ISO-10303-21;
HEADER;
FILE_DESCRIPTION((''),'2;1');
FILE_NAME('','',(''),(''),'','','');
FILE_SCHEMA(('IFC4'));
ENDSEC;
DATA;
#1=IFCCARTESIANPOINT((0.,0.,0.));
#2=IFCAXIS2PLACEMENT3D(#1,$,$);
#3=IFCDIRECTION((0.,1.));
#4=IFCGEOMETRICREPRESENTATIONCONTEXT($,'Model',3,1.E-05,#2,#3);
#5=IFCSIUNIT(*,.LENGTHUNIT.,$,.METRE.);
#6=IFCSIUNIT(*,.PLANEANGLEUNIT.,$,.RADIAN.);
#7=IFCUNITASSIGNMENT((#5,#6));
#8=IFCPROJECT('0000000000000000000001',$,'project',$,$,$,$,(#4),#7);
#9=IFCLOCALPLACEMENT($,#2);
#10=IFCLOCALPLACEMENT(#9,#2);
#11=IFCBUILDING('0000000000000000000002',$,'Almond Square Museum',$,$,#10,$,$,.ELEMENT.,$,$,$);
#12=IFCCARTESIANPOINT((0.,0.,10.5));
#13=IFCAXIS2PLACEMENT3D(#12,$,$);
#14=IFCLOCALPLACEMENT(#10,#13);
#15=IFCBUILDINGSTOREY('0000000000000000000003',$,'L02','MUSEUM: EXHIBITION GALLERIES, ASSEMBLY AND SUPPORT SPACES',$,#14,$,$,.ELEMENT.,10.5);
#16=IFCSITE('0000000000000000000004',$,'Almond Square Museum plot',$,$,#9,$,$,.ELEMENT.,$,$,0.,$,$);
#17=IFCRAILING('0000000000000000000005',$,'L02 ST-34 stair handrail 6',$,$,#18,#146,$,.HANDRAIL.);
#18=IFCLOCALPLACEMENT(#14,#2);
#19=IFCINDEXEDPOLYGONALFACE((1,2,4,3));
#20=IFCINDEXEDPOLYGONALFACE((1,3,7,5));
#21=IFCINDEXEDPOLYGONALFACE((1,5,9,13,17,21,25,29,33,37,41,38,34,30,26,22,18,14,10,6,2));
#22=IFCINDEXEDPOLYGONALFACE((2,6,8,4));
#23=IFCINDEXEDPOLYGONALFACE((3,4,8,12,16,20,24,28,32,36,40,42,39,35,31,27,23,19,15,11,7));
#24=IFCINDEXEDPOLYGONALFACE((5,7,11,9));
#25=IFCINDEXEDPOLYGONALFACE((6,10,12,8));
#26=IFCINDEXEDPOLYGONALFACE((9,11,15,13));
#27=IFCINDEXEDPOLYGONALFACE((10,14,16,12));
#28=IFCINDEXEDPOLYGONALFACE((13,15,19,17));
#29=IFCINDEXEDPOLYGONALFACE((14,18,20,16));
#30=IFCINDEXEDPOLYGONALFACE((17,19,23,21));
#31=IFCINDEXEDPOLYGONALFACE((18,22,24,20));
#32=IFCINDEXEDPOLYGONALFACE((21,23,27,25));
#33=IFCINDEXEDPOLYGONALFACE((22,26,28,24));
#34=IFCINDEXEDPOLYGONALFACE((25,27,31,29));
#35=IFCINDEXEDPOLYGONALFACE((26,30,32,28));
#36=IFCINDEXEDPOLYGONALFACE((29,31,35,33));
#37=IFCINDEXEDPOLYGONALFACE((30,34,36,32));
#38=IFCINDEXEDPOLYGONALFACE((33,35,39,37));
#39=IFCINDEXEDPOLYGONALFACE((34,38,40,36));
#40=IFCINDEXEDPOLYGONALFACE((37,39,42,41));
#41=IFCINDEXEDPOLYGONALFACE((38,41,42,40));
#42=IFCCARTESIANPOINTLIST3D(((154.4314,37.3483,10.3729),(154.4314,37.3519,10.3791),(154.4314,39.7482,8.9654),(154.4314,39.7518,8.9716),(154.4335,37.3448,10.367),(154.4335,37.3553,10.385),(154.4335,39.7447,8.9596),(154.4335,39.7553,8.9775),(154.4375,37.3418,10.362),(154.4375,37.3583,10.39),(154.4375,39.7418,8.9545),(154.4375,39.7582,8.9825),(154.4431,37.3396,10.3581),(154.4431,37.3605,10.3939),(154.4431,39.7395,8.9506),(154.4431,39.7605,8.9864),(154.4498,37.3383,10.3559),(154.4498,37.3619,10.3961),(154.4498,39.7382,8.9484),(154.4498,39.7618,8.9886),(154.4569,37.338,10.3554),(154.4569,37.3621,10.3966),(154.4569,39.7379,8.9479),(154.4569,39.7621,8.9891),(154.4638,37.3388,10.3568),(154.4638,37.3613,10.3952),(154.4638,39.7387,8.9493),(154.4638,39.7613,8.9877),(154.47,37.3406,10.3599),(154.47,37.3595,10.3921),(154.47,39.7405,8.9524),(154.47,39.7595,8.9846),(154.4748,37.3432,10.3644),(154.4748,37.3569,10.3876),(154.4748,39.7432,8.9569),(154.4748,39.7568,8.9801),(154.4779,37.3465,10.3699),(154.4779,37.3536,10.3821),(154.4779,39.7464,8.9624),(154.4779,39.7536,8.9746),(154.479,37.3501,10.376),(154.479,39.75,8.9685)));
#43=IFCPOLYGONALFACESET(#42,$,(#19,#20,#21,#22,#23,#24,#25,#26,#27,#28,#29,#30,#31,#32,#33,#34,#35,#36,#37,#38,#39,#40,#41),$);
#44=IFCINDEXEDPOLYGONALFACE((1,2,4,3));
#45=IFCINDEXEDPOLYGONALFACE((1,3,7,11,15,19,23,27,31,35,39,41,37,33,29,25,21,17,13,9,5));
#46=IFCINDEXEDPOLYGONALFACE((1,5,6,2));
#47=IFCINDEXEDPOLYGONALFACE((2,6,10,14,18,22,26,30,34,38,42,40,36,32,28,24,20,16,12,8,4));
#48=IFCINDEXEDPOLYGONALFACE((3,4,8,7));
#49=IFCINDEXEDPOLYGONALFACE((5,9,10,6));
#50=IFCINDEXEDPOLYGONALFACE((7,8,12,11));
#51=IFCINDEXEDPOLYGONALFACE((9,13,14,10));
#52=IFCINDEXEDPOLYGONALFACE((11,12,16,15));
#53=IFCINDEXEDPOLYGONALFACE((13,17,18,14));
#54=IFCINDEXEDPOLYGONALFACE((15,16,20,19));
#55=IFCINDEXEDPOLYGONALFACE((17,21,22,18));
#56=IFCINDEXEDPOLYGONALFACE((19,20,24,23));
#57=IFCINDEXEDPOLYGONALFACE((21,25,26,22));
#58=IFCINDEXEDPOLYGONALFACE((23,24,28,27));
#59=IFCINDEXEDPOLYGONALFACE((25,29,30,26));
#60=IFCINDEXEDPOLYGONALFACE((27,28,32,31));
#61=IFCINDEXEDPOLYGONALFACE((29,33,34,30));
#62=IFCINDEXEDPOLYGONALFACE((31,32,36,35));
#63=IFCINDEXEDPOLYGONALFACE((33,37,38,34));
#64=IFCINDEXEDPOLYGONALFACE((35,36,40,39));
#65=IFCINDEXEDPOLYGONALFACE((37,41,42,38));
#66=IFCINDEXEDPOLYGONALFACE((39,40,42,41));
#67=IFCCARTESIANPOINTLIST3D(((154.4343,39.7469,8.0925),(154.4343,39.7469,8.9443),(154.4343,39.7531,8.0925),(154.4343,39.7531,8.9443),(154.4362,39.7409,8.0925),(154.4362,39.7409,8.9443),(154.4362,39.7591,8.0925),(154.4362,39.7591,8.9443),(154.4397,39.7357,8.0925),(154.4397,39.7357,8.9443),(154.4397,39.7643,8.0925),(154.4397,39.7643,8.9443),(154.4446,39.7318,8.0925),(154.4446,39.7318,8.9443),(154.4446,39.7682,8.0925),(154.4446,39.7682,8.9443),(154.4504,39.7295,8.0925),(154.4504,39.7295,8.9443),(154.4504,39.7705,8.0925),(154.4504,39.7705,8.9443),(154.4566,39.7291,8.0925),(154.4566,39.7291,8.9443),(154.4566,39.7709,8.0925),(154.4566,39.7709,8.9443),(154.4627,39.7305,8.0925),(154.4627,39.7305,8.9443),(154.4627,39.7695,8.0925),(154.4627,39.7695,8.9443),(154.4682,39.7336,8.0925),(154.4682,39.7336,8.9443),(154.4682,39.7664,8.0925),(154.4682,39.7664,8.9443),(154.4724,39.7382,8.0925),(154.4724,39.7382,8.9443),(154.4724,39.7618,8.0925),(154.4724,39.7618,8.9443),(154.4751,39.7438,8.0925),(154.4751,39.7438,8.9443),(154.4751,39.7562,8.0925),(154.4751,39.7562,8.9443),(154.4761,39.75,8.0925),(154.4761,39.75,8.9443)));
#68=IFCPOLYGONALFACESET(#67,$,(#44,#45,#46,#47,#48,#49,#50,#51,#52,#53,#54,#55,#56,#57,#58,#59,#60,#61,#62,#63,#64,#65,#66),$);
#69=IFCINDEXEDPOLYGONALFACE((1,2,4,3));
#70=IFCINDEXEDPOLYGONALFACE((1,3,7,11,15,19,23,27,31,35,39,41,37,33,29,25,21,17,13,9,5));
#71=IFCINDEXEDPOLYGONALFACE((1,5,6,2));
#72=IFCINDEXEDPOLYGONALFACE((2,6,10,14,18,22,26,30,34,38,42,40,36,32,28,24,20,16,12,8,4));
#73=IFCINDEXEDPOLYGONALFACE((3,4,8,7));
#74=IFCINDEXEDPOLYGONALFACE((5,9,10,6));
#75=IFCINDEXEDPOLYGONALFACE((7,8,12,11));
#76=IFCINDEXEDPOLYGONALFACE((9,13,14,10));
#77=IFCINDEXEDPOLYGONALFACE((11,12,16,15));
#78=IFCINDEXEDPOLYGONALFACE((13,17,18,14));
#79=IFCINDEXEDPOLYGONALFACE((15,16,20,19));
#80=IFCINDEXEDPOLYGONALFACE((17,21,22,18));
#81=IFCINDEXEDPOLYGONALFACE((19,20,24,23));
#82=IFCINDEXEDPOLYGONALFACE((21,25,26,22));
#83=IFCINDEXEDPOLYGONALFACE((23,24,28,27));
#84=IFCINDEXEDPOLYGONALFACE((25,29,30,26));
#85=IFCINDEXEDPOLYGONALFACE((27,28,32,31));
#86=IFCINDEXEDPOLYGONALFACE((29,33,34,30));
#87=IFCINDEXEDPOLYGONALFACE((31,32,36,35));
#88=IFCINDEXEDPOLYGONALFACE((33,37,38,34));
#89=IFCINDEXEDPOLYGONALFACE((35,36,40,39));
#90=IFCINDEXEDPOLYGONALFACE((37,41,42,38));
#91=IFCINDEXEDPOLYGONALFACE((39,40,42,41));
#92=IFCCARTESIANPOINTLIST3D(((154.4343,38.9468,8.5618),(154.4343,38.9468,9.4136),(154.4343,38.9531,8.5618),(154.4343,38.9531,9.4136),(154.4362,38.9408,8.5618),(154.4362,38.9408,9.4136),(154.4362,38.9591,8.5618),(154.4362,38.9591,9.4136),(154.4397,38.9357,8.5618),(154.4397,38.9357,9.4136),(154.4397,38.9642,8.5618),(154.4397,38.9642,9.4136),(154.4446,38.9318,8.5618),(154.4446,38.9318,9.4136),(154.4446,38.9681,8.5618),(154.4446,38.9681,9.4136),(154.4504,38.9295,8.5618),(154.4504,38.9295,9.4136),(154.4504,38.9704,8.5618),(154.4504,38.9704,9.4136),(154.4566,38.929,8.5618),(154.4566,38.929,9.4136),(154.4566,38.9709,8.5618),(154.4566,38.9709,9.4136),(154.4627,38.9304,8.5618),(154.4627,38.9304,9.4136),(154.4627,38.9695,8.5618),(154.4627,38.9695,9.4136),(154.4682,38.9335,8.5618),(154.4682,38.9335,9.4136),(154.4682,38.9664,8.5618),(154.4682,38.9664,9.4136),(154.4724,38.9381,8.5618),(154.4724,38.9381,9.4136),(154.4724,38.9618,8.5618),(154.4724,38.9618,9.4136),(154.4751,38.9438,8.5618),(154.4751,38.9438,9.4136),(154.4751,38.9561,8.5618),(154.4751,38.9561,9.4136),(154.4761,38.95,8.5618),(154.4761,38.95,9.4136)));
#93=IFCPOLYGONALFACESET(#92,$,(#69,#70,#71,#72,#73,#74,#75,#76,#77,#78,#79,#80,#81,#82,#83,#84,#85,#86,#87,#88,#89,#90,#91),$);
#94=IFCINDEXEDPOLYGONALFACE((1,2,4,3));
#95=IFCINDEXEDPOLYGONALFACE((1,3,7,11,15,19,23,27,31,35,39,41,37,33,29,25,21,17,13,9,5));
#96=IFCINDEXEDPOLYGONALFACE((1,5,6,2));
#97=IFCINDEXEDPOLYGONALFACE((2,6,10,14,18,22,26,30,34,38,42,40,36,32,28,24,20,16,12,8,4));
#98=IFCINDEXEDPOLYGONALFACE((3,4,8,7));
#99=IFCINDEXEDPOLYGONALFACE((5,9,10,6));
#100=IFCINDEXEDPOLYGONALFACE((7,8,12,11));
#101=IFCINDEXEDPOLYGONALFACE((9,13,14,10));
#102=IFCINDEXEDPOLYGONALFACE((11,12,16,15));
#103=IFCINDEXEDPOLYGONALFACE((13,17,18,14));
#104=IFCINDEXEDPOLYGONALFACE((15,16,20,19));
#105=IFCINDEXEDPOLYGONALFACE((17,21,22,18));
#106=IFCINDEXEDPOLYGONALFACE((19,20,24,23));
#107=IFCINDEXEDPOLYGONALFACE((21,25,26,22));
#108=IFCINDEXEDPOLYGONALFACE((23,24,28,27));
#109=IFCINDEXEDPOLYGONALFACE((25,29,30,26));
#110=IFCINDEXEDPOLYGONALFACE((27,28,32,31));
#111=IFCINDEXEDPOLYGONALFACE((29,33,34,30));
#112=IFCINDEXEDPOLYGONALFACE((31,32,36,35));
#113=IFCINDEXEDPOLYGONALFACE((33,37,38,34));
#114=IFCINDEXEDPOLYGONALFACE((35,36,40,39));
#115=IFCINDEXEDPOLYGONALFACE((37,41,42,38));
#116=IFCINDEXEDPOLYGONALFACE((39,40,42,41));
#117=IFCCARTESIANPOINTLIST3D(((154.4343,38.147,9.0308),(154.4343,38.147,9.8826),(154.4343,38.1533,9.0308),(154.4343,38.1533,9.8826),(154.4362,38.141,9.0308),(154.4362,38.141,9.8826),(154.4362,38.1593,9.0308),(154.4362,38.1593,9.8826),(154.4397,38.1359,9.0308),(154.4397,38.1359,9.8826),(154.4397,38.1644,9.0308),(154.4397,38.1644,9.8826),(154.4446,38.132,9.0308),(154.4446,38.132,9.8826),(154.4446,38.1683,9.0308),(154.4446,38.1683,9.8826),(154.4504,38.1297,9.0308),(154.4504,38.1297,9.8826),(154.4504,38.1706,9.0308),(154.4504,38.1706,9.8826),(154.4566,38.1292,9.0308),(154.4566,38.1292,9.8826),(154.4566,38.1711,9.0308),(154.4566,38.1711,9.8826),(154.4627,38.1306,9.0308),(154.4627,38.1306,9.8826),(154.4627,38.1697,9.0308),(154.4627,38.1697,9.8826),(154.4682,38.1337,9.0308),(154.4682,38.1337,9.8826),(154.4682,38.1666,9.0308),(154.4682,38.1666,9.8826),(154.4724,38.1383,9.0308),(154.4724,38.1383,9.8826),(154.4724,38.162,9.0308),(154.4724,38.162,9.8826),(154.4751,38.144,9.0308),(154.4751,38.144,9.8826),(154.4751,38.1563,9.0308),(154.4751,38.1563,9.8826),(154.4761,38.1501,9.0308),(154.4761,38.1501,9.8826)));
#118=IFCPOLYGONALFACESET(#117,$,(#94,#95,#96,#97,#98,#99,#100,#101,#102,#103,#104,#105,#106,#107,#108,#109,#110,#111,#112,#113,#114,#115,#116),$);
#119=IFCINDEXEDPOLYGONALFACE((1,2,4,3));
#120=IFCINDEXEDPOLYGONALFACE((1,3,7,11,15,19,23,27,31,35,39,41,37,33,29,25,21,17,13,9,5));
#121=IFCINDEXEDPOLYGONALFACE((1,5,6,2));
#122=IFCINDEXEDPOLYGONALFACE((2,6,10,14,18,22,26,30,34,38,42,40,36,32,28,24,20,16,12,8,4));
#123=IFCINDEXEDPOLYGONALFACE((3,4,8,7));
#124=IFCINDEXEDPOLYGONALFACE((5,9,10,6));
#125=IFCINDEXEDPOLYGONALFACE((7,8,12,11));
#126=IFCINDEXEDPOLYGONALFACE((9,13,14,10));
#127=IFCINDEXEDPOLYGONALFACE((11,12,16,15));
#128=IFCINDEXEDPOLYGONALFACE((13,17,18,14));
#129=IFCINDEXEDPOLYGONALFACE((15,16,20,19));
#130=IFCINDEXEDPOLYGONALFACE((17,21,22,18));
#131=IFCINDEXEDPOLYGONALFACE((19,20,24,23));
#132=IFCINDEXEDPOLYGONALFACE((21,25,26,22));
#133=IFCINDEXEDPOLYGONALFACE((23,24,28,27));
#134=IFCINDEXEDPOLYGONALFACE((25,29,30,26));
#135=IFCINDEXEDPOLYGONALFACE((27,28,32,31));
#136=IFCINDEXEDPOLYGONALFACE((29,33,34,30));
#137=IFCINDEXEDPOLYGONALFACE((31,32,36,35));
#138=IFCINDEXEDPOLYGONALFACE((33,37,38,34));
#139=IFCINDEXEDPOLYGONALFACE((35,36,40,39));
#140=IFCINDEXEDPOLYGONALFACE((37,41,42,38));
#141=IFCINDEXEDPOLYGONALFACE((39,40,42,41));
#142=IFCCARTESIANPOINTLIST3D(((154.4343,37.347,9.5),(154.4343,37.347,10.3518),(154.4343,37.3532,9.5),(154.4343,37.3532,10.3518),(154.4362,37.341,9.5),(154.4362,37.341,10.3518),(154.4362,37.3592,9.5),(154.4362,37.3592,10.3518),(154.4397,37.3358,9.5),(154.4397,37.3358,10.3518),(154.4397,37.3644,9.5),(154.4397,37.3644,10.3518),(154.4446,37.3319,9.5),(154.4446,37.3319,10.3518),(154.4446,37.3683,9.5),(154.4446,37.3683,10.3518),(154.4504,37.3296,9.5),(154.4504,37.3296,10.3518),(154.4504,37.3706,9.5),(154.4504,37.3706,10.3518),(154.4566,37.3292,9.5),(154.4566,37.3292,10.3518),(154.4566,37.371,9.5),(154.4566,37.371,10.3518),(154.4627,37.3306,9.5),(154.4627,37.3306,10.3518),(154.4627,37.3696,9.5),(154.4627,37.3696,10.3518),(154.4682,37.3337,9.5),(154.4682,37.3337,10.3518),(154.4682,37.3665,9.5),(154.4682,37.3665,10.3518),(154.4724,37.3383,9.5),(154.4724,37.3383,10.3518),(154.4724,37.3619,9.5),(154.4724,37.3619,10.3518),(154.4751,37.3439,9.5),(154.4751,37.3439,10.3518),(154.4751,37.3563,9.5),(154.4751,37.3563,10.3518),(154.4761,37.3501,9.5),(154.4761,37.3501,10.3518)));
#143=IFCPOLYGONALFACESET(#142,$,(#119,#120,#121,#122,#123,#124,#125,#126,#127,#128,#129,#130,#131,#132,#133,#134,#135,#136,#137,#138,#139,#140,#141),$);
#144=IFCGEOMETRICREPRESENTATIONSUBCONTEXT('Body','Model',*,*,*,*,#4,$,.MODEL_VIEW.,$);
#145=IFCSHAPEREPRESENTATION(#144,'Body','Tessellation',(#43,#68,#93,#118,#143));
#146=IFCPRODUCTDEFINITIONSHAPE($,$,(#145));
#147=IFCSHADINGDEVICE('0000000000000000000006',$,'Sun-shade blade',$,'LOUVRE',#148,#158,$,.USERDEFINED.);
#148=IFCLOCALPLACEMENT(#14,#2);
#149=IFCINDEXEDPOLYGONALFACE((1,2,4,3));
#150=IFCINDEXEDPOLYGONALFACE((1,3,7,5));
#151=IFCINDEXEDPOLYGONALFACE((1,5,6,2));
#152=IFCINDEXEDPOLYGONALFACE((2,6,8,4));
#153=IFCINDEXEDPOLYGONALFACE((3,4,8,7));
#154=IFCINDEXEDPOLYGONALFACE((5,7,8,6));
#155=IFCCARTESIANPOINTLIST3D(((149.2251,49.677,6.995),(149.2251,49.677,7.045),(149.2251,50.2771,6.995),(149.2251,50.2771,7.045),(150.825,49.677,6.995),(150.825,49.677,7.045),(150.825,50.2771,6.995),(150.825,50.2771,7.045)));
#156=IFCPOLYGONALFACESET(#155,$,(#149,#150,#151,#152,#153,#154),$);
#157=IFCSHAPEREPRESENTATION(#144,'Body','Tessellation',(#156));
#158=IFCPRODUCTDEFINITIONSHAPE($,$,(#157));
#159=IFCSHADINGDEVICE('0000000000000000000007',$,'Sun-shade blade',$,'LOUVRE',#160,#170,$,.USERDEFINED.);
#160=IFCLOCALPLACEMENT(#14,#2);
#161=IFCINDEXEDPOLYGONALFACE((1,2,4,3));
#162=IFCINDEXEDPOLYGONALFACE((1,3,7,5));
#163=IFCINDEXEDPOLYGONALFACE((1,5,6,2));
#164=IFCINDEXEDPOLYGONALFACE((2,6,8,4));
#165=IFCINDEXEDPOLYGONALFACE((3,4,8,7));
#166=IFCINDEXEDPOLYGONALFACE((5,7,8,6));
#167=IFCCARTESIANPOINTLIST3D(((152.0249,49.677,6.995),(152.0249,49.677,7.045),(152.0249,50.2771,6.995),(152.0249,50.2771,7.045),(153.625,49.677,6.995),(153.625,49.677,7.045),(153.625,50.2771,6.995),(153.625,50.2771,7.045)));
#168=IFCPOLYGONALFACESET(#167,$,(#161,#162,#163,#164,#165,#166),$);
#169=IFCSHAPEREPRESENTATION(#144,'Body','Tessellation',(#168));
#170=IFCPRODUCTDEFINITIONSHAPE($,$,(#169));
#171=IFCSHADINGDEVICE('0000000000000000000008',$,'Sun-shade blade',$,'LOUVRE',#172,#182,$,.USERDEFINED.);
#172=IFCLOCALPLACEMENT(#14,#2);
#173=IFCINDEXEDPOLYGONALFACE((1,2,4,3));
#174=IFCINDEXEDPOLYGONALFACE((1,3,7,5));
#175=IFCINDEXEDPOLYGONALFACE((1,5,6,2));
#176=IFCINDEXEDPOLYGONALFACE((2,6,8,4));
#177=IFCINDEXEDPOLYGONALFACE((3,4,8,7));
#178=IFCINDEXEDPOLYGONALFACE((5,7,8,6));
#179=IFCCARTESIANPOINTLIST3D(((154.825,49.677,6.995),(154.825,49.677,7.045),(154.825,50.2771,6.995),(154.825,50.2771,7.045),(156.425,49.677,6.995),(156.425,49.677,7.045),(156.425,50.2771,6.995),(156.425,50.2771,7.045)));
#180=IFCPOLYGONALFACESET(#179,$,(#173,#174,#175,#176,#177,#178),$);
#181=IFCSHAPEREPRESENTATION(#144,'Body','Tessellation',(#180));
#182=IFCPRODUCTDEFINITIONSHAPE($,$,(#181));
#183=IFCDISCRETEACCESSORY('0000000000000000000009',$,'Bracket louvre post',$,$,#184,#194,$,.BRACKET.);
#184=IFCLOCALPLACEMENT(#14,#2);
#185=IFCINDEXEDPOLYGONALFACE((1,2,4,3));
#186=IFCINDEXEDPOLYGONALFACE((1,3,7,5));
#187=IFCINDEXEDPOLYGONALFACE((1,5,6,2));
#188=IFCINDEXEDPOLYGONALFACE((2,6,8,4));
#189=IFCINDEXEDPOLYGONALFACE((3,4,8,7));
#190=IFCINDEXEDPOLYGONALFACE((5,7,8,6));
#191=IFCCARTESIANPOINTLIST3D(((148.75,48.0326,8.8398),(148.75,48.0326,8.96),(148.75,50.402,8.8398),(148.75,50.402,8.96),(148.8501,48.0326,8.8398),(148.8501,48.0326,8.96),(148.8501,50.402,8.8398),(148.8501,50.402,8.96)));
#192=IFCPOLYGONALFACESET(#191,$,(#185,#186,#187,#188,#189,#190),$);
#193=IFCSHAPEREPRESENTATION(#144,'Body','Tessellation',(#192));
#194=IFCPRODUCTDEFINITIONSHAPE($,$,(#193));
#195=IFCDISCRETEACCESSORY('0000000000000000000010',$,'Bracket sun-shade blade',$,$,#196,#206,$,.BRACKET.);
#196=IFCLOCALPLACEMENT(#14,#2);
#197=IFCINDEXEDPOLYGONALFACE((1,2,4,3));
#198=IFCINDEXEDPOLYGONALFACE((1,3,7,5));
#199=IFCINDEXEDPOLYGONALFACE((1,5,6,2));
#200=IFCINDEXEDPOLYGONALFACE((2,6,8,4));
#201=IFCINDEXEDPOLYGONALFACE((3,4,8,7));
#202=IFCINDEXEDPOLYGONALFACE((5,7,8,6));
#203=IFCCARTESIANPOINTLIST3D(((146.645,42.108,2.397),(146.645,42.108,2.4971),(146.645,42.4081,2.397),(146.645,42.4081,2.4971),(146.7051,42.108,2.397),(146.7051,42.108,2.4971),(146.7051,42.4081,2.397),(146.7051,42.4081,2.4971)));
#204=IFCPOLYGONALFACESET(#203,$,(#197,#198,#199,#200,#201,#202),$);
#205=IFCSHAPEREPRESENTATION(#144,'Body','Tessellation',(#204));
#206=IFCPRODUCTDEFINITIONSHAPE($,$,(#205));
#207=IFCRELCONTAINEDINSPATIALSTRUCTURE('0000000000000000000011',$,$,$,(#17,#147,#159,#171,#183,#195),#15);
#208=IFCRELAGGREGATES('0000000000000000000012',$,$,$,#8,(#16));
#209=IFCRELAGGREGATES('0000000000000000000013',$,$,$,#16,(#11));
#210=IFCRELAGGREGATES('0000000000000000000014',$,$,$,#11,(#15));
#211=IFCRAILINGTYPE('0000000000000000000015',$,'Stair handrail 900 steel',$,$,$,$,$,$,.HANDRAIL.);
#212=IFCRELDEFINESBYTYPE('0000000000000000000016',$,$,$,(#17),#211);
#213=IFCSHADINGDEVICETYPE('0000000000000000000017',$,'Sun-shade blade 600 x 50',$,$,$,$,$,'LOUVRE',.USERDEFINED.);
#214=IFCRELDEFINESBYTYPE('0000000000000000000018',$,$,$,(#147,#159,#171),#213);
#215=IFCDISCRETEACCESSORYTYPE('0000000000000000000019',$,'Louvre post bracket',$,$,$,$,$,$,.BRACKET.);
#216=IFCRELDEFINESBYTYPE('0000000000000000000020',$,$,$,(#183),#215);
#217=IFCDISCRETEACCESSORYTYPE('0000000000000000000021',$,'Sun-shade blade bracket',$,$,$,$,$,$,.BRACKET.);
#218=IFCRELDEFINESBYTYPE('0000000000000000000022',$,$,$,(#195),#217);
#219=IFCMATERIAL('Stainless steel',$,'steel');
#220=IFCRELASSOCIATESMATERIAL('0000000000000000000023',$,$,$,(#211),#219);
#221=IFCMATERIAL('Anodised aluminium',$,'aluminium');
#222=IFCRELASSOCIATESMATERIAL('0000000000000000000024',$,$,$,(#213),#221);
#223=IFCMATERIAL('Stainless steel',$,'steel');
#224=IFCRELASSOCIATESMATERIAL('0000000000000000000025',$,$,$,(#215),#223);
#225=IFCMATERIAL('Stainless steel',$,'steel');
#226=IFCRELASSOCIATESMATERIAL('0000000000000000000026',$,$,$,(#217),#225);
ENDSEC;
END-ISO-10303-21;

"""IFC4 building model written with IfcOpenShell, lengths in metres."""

from ifc_helpers import new_model, si_unit, direction, frame, origin, origin_2d, place, context, subcontext, project, spatial, rectangle, circle, extrude, material, material_profile, profile_set, type_object, element, save


model = new_model("IFC4")

# Units and contexts
model_context = context("Model", 3, precision=1e-05, world=origin(), true_north=direction((0.0, 1.0)))
body_context = subcontext(model_context, "Body", "Model", "MODEL_VIEW")
ifc_project = project(units=[si_unit("LENGTHUNIT", "METRE"), si_unit("PLANEANGLEUNIT", "RADIAN")], contexts=[model_context])

# Site, building, storey
site_placement = place(None, origin())
site = spatial("IfcSite", under=ifc_project, at=site_placement, Name="Almond Square Museum plot", CompositionType="ELEMENT", RefElevation=0.0)
building_placement = place(site_placement, origin())
building = spatial("IfcBuilding", under=site, at=building_placement, Name="Almond Square Museum", CompositionType="ELEMENT")
storey_placement = place(building_placement, frame((0.0, 0.0, 10.5)))
storey = spatial("IfcBuildingStorey", under=building, at=storey_placement, Name="L02", Description="MUSEUM: EXHIBITION GALLERIES, ASSEMBLY AND SUPPORT SPACES", CompositionType="ELEMENT", Elevation=10.5)

# Railing
ifc_material_1 = material(Name="Stainless steel", Category="steel")
railing_type_1 = type_object("IfcRailingType", Name="Stair handrail 900 steel", PredefinedType="HANDRAIL", material=ifc_material_1)
railing_1_placement = place(storey_placement, frame((154.4551, 39.75, 8.0925)))
element("IfcRailing", 1, at=railing_1_placement, inside=storey, type_object=railing_type_1, Name="L02 ST-34 stair handrail 6", PredefinedType="HANDRAIL", context=body_context, shape_type="SweptSolid", body=[
    extrude(circle(Radius=0.0239, at=origin_2d()), frame((0.0, 0.0, 0.876), z_axis=(0.0, -0.862599, 0.505888), x_axis=(1.0, 0.0, 0.0)), (0.0, 0.0, 1.0), 2.7822),
    extrude(circle(Radius=0.021, at=origin_2d()), origin(), (0.0, 0.0, 1.0), 0.8518),
    extrude(circle(Radius=0.021, at=origin_2d()), frame((0.0, -0.8, 0.4692)), (0.0, 0.0, 1.0), 0.8518),
    extrude(circle(Radius=0.021, at=origin_2d()), frame((0.0, -1.5999, 0.9382)), (0.0, 0.0, 1.0), 0.8518),
    extrude(circle(Radius=0.021, at=origin_2d()), frame((0.0, -2.3999, 1.4075)), (0.0, 0.0, 1.0), 0.8518),
])

# Shading devices
ifc_material_2 = material(Name="Anodised aluminium", Category="aluminium")
ifc_material_profile_1 = material_profile(ifc_material_2, rectangle(XDim=0.6001, YDim=0.05, at=origin_2d()))
ifc_profile_set_1 = profile_set([ifc_material_profile_1], Name="Anodised aluminium")
shading_device_type = type_object("IfcShadingDeviceType", Name="Sun-shade blade 600 x 50", ElementType="LOUVRE", PredefinedType="USERDEFINED", material=ifc_profile_set_1)
shading_device_placement = place(storey_placement, frame((149.2251, 49.9771, 7.02), z_axis=(1.0, 0.0, 0.0), x_axis=(0.0, 1.0, 0.0)))
element("IfcShadingDevice", 2, at=shading_device_placement, inside=storey, type_object=shading_device_type, Name="Sun-shade blade", ObjectType="LOUVRE", PredefinedType="USERDEFINED", context=body_context, shape_type="SweptSolid", body=[
    extrude(rectangle(XDim=0.6001, YDim=0.05, at=origin_2d()), origin(), (0.0, 0.0, 1.0), 1.5999),
])
for number, where, z_axis, x_axis, name in (
    (3, (152.0249, 49.9771, 7.02), (1.0, 0.0, 0.0), (0.0, 1.0, 0.0), "Sun-shade blade"),
    (4, (154.825, 49.9771, 7.02), (1.0, 0.0, 0.0), (0.0, 1.0, 0.0), "Sun-shade blade"),
):
    element("IfcShadingDevice", number, at=place(storey_placement, frame(where, z_axis=z_axis, x_axis=x_axis)), inside=storey, type_object=shading_device_type, Name=name, ObjectType="LOUVRE", PredefinedType="USERDEFINED", context=body_context, shape_type="SweptSolid", body=[
        extrude(rectangle(XDim=0.6001, YDim=0.05, at=origin_2d()), origin(), (0.0, 0.0, 1.0), 1.6001),
    ])

# Discrete accessories
ifc_material_3 = material(Name="Stainless steel", Category="steel")
discrete_accessory_type_1 = type_object("IfcDiscreteAccessoryType", Name="Louvre post bracket", PredefinedType="BRACKET", material=ifc_material_3)
discrete_accessory_placement = place(storey_placement, frame((148.8, 49.2173, 8.8398), z_axis=(0.0, 0.0, 1.0), x_axis=(1.0, 0.0, 0.0)))
element("IfcDiscreteAccessory", 5, at=discrete_accessory_placement, inside=storey, type_object=discrete_accessory_type_1, Name="Bracket louvre post", PredefinedType="BRACKET", context=body_context, shape_type="SweptSolid", body=[
    extrude(rectangle(XDim=0.1001, YDim=2.3694, at=origin_2d()), origin(), (0.0, 0.0, 1.0), 0.1201),
])
ifc_material_4 = material(Name="Stainless steel", Category="steel")
discrete_accessory_type_2 = type_object("IfcDiscreteAccessoryType", Name="Sun-shade blade bracket", PredefinedType="BRACKET", material=ifc_material_4)
for number, where, z_axis, x_axis, name in (
    (6, (146.675, 42.2581, 2.397), (0.0, 0.0, 1.0), (1.0, 0.0, 0.0), "Bracket sun-shade blade"),
):
    element("IfcDiscreteAccessory", number, at=place(storey_placement, frame(where, z_axis=z_axis, x_axis=x_axis)), inside=storey, type_object=discrete_accessory_type_2, Name=name, PredefinedType="BRACKET", context=body_context, shape_type="SweptSolid", body=[
        extrude(rectangle(XDim=0.0601, YDim=0.3, at=origin_2d()), origin(), (0.0, 0.0, 1.0), 0.1001),
    ])

save(model, "model.ifc")
